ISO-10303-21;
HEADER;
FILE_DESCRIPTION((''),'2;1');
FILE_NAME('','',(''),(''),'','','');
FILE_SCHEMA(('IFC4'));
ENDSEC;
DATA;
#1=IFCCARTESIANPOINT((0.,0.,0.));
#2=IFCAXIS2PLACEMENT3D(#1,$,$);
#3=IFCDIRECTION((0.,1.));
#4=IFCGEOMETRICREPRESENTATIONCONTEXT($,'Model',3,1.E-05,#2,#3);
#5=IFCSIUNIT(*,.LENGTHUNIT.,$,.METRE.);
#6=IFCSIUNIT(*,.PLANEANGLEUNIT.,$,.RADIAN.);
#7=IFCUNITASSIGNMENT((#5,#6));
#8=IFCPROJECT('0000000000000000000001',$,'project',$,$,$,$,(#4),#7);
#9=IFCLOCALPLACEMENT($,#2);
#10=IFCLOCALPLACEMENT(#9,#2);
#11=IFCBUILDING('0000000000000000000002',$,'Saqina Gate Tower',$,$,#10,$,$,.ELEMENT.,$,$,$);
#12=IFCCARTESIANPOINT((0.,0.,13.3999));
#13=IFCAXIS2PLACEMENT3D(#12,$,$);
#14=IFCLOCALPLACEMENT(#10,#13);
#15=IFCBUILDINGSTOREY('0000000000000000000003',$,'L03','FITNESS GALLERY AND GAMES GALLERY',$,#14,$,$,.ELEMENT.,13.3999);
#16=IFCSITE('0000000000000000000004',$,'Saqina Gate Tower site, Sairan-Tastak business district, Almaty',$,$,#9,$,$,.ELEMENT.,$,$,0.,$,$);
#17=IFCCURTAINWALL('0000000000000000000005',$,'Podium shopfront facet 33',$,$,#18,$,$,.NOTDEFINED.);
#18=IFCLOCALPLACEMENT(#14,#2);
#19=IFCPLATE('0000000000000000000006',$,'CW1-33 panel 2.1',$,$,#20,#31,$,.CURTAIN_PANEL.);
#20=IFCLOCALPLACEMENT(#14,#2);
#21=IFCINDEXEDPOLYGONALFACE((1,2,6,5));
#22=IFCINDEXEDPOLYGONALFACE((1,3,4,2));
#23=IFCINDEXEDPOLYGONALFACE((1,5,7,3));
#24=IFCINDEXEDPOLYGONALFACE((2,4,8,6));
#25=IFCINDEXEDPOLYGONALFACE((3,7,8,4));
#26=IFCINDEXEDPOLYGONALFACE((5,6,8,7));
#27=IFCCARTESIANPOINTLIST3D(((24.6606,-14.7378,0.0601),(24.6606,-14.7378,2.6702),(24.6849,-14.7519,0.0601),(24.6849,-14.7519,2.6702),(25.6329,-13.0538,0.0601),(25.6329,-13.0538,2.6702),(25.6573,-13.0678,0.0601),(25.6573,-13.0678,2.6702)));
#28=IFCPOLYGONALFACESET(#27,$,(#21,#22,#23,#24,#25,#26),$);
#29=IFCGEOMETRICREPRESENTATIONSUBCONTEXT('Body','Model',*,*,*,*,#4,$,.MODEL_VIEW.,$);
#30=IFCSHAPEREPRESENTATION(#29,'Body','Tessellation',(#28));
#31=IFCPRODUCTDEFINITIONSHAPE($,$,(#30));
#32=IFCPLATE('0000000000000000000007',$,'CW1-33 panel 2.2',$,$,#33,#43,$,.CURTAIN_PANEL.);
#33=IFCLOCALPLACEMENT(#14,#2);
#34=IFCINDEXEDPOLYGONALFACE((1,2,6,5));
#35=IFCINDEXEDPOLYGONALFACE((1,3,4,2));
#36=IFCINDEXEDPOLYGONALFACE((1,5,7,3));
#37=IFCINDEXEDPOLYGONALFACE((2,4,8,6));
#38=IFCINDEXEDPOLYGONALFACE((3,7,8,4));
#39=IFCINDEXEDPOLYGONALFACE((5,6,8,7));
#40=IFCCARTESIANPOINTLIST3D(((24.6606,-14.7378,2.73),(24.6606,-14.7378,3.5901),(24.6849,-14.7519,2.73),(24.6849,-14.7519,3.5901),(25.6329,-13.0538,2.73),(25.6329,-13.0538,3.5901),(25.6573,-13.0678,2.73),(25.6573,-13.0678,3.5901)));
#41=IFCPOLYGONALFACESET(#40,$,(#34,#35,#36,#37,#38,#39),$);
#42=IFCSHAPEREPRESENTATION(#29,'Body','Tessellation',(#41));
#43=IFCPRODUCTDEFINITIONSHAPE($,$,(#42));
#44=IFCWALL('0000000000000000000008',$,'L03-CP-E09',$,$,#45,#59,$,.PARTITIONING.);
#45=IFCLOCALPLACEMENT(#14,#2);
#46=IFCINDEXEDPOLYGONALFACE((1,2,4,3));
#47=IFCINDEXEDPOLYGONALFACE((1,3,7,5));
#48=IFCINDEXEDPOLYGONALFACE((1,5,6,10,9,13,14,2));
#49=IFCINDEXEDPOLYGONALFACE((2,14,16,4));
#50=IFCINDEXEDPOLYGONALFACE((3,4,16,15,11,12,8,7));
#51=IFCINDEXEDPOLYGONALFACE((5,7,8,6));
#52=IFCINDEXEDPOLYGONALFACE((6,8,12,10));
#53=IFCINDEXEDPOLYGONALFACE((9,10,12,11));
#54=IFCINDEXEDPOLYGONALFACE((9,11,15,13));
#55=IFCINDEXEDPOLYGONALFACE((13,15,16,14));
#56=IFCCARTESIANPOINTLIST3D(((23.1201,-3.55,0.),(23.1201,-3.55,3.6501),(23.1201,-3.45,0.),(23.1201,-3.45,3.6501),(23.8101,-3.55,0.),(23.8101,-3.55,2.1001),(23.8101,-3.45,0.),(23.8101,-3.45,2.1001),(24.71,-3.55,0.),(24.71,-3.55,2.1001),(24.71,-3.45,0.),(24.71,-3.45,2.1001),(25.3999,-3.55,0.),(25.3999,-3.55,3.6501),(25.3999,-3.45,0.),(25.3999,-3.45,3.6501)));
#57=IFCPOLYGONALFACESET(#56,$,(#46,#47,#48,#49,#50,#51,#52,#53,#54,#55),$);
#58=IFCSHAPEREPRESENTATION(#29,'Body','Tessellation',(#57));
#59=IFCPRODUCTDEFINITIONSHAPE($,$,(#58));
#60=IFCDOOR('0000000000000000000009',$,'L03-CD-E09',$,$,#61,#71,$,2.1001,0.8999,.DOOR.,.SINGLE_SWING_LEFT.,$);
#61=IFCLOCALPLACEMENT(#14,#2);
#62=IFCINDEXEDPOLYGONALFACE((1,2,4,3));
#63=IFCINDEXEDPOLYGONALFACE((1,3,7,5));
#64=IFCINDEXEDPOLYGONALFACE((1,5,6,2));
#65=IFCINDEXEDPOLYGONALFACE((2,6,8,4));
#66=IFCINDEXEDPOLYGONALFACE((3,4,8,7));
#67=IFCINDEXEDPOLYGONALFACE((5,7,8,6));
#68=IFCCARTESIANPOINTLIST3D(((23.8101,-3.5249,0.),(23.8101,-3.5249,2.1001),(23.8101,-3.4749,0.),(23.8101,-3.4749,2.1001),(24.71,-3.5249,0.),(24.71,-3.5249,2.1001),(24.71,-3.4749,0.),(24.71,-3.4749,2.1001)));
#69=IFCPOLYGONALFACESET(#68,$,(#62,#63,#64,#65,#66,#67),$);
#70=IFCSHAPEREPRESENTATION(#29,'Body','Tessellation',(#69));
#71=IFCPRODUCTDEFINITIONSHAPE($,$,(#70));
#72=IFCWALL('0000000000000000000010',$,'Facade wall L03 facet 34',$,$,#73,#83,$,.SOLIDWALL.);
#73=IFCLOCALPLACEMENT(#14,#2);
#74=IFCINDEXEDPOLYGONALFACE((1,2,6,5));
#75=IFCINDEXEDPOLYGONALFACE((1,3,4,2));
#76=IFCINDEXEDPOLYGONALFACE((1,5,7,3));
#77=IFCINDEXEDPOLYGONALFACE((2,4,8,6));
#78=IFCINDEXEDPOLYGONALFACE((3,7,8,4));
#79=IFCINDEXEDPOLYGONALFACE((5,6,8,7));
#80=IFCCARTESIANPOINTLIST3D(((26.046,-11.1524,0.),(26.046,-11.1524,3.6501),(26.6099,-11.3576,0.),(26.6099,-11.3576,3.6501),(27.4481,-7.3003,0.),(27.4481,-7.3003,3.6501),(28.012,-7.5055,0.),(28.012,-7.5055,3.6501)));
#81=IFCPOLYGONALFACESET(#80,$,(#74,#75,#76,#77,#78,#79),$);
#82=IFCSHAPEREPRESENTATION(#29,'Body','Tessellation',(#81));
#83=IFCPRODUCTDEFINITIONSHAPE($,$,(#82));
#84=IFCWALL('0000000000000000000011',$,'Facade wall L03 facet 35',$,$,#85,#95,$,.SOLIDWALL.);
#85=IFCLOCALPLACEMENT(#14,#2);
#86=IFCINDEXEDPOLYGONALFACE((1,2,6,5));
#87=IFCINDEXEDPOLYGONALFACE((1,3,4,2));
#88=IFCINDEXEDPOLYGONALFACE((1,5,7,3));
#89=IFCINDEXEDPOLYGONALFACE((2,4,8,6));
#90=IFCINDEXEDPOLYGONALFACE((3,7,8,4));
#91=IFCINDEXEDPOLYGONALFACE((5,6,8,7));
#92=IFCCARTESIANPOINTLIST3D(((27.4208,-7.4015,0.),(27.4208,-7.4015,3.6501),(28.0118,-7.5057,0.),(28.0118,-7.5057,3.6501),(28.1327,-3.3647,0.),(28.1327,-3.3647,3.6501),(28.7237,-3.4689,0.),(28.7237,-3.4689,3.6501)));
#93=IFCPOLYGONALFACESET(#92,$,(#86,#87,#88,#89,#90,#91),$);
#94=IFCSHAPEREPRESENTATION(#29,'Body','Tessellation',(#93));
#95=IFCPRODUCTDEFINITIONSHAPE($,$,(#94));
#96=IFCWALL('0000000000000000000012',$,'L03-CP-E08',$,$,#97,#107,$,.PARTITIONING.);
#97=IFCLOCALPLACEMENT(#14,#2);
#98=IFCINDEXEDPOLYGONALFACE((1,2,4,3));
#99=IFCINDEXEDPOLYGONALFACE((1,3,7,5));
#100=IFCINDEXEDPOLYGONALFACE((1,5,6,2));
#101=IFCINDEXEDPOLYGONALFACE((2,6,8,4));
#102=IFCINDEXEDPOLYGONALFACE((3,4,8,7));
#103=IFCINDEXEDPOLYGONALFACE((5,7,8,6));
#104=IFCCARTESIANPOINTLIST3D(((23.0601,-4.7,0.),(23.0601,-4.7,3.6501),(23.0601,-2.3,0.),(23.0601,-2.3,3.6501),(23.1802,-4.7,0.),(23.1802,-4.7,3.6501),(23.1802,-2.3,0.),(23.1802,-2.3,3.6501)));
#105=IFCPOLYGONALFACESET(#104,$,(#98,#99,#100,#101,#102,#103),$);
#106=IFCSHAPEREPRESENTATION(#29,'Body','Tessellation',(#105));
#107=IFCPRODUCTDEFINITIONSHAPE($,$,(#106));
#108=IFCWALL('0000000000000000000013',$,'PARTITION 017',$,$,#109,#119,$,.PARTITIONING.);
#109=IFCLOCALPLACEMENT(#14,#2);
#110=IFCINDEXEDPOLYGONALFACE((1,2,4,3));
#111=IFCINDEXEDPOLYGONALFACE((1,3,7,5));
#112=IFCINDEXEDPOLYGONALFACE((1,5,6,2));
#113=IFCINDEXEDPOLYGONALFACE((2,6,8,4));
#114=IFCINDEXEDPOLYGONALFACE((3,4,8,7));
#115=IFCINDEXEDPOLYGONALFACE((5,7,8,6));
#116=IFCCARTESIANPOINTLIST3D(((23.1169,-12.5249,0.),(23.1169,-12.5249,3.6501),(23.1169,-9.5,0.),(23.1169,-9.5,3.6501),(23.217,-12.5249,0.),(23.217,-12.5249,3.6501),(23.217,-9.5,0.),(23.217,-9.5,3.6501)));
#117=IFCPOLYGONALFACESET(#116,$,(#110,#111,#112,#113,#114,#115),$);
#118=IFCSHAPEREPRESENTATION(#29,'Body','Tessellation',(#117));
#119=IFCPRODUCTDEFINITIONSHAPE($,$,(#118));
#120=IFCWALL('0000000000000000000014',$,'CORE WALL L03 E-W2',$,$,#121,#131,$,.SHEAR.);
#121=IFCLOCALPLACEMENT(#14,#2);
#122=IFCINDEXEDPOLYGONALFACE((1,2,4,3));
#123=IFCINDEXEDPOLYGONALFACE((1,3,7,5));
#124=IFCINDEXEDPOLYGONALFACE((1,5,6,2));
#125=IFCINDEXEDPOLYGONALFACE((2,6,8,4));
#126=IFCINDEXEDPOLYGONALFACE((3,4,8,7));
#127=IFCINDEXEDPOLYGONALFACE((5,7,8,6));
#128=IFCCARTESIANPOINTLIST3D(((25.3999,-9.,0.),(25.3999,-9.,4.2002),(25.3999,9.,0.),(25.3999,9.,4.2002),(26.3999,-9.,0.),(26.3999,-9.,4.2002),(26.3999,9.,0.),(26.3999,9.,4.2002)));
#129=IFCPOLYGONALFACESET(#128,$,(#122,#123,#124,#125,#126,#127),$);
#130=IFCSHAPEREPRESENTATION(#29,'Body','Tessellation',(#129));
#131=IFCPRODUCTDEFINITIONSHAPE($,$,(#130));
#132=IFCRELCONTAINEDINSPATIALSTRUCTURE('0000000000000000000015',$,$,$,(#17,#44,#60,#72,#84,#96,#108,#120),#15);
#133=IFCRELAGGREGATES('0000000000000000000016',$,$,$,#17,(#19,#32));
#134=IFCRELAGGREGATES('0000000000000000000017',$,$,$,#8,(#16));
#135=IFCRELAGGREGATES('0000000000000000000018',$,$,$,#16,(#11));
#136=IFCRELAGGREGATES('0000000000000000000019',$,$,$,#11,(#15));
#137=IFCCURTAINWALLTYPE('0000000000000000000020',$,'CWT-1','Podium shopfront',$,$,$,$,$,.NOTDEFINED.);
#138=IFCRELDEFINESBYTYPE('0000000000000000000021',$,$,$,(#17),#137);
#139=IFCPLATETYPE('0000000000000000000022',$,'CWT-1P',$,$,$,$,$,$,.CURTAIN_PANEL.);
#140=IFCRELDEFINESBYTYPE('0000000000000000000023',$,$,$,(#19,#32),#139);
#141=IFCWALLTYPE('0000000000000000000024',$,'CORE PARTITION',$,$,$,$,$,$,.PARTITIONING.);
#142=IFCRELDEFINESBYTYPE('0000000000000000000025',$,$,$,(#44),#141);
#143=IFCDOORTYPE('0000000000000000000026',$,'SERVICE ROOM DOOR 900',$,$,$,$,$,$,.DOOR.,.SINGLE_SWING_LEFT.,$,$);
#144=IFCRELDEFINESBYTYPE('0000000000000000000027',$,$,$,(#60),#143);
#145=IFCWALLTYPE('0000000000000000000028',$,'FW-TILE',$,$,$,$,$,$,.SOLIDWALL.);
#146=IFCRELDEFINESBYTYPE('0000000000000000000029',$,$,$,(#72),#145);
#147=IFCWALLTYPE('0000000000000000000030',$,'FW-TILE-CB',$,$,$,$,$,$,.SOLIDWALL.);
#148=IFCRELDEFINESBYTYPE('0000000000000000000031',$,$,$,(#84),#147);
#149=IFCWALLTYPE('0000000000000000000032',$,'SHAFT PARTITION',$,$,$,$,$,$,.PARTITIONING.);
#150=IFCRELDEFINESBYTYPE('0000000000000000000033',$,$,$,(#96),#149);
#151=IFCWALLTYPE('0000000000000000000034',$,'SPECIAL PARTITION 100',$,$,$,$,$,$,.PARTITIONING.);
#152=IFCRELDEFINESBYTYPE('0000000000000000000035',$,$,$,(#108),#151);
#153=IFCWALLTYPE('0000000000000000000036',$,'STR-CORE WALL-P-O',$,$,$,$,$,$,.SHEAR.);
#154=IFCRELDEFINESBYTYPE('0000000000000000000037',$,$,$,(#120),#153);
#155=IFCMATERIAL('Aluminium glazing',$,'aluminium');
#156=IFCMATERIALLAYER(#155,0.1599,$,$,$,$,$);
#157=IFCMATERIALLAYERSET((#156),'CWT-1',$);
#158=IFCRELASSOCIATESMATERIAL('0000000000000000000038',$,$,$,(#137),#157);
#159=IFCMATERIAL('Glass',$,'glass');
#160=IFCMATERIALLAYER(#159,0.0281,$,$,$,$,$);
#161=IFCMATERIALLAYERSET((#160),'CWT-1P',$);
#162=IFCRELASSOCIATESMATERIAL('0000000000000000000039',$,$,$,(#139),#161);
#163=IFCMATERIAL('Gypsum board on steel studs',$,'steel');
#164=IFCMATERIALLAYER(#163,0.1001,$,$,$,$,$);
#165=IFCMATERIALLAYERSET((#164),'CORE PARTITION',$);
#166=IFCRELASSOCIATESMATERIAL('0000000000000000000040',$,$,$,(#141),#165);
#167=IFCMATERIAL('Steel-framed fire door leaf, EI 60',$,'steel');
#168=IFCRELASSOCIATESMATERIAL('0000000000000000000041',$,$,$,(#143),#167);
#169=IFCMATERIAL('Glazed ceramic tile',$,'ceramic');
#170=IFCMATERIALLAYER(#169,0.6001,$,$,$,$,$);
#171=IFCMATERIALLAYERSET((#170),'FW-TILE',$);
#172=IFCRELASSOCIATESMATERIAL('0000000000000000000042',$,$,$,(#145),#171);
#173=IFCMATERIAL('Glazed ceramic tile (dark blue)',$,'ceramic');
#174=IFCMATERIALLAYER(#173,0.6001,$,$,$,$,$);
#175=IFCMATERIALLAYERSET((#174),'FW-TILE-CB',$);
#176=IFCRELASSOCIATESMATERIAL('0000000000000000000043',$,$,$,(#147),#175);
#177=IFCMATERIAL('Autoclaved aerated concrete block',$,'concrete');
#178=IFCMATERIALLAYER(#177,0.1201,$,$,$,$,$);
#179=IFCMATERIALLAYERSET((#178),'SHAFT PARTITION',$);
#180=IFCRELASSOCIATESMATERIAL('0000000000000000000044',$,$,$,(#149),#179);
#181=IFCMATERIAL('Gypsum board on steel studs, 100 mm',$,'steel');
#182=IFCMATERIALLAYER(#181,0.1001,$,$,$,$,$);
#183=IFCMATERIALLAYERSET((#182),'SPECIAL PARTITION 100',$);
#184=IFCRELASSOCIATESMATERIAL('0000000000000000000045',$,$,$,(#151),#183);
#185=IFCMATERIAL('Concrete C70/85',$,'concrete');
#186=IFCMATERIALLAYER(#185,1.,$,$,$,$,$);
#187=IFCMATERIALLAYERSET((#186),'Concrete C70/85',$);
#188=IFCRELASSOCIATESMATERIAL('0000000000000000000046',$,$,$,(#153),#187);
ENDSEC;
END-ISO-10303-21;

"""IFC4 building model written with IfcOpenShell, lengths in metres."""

from ifc_helpers import new_model, si_unit, direction, frame, frame_2d, origin, origin_2d, place, context, subcontext, project, spatial, rectangle, extrude, material, layer, layer_set, type_object, element, fill, aggregate, save


model = new_model("IFC4")

# Units and contexts
model_context = context("Model", 3, precision=1e-05, world=origin(), true_north=direction((0.0, 1.0)))
body_context = subcontext(model_context, "Body", "Model", "MODEL_VIEW")
ifc_project = project(units=[si_unit("LENGTHUNIT", "METRE"), si_unit("PLANEANGLEUNIT", "RADIAN")], contexts=[model_context])

# Site, building, storey
site_placement = place(None, origin())
site = spatial("IfcSite", under=ifc_project, at=site_placement, Name="Saqina Gate Tower site, Sairan-Tastak business district, Almaty", CompositionType="ELEMENT", RefElevation=0.0)
building_placement = place(site_placement, origin())
building = spatial("IfcBuilding", under=site, at=building_placement, Name="Saqina Gate Tower", CompositionType="ELEMENT")
storey_placement = place(building_placement, frame((0.0, 0.0, 13.3999)))
storey = spatial("IfcBuildingStorey", under=building, at=storey_placement, Name="L03", Description="FITNESS GALLERY AND GAMES GALLERY", CompositionType="ELEMENT", Elevation=13.3999)

# Shared definitions
ifc_material_1 = material(Name="Aluminium glazing", Category="aluminium")
ifc_layer_1 = layer(ifc_material_1, 0.1599)
ifc_layer_set_1 = layer_set([ifc_layer_1], Name="CWT-1")
curtain_wall_type = type_object("IfcCurtainWallType", Name="CWT-1", Description="Podium shopfront", PredefinedType="NOTDEFINED", material=ifc_layer_set_1)

# Curtain wall, plates
curtain_wall_1_placement = place(storey_placement, origin())
curtain_wall_1 = element("IfcCurtainWall", 1, at=curtain_wall_1_placement, inside=storey, type_object=curtain_wall_type, Name="Podium shopfront facet 33", PredefinedType="NOTDEFINED")
ifc_material_2 = material(Name="Glass", Category="glass")
ifc_layer_2 = layer(ifc_material_2, 0.0281)
ifc_layer_set_2 = layer_set([ifc_layer_2], Name="CWT-1P")
plate_type = type_object("IfcPlateType", Name="CWT-1P", PredefinedType="CURTAIN_PANEL", material=ifc_layer_set_2)
plate_1_placement = place(storey_placement, frame((25.1589, -13.9028, 0.0601), z_axis=(0.0, 0.0, 1.0), x_axis=(0.500014, 0.866017, 0.0)))
plate_1 = element("IfcPlate", 2, at=plate_1_placement, type_object=plate_type, Name="CW1-33 panel 2.1", PredefinedType="CURTAIN_PANEL", context=body_context, shape_type="SweptSolid", body=[
    extrude(rectangle(XDim=1.9446, YDim=0.0281, at=origin_2d()), origin(), (0.0, 0.0, 1.0), 2.6101),
])
plate_2_placement = place(storey_placement, frame((25.1589, -13.9028, 2.73), z_axis=(0.0, 0.0, 1.0), x_axis=(0.500014, 0.866017, 0.0)))
plate_2 = element("IfcPlate", 3, at=plate_2_placement, type_object=plate_type, Name="CW1-33 panel 2.2", PredefinedType="CURTAIN_PANEL", context=body_context, shape_type="SweptSolid", body=[
    extrude(rectangle(XDim=1.9446, YDim=0.0281, at=origin_2d()), origin(), (0.0, 0.0, 1.0), 0.8601),
])
aggregate(curtain_wall_1, [plate_1, plate_2])

# Wall, opening, door
ifc_material_3 = material(Name="Gypsum board on steel studs", Category="steel")
ifc_layer_3 = layer(ifc_material_3, 0.1001)
ifc_layer_set_3 = layer_set([ifc_layer_3], Name="CORE PARTITION")
wall_type_1 = type_object("IfcWallType", Name="CORE PARTITION", PredefinedType="PARTITIONING", material=ifc_layer_set_3)
wall_1_placement = place(storey_placement, frame((23.1201, -3.5, 0.0), z_axis=(0.0, 0.0, 1.0), x_axis=(1.0, 0.0, 0.0)))
wall_1 = element("IfcWall", 4, at=wall_1_placement, inside=storey, type_object=wall_type_1, Name="L03-CP-E09", PredefinedType="PARTITIONING", context=body_context, shape_type="SweptSolid", body=[
    extrude(rectangle(XDim=2.2798, YDim=0.1001, at=frame_2d((1.1399, 0.0))), origin(), (0.0, 0.0, 1.0), 3.6501),
])
opening_placement = place(wall_1_placement, frame((0.6899, 0.0, 0.0)))
opening = element("IfcOpeningElement", 5, at=opening_placement, cuts=wall_1, PredefinedType="OPENING", context=body_context, shape_type="SweptSolid", body=[
    extrude(rectangle(XDim=0.8999, YDim=2.1001, at=frame_2d((0.45, 1.05))), frame((0.0, 0.062, 0.0), z_axis=(0.0, -1.0, 0.0), x_axis=(1.0, 0.0, 0.0)), (0.0, 0.0, 1.0), 0.124),
])
ifc_material_4 = material(Name="Steel-framed fire door leaf, EI 60", Category="steel")
door_type = type_object("IfcDoorType", Name="SERVICE ROOM DOOR 900", OperationType="SINGLE_SWING_LEFT", PredefinedType="DOOR", material=ifc_material_4)
door_placement = place(opening_placement, frame((0.8999, 0.0, 0.0), z_axis=(0.0, 0.0, 1.0), x_axis=(-1.0, 0.0, 0.0)))
door = element("IfcDoor", 6, at=door_placement, inside=storey, type_object=door_type, Name="L03-CD-E09", OperationType="SINGLE_SWING_LEFT", OverallHeight=2.1001, OverallWidth=0.8999, PredefinedType="DOOR", context=body_context, shape_type="SweptSolid", body=[
    extrude(rectangle(XDim=0.8999, YDim=2.1001, at=frame_2d((0.45, 1.05))), frame((0.0, 0.0249, 0.0), z_axis=(0.0, -1.0, 0.0), x_axis=(1.0, 0.0, 0.0)), (0.0, 0.0, 1.0), 0.05),
])
fill(opening, door)

# Walls
ifc_material_5 = material(Name="Glazed ceramic tile", Category="ceramic")
ifc_layer_4 = layer(ifc_material_5, 0.6001)
ifc_layer_set_4 = layer_set([ifc_layer_4], Name="FW-TILE")
wall_type_2 = type_object("IfcWallType", Name="FW-TILE", PredefinedType="SOLIDWALL", material=ifc_layer_set_4)
wall_2_placement = place(storey_placement, frame((26.3279, -11.2551, 0.0), z_axis=(0.0, 0.0, 1.0), x_axis=(0.342035, 0.939687, 0.0)))
element("IfcWall", 7, at=wall_2_placement, inside=storey, type_object=wall_type_2, Name="Facade wall L03 facet 34", PredefinedType="SOLIDWALL", context=body_context, shape_type="SweptSolid", body=[
    extrude(rectangle(XDim=4.0994, YDim=0.6001, at=frame_2d((2.0498, 0.0))), origin(), (0.0, 0.0, 1.0), 3.6501),
])
ifc_material_6 = material(Name="Glazed ceramic tile (dark blue)", Category="ceramic")
ifc_layer_5 = layer(ifc_material_6, 0.6001)
ifc_layer_set_5 = layer_set([ifc_layer_5], Name="FW-TILE-CB")
wall_type_3 = type_object("IfcWallType", Name="FW-TILE-CB", PredefinedType="SOLIDWALL", material=ifc_layer_set_5)
wall_3_placement = place(storey_placement, frame((27.7163, -7.4536, 0.0), z_axis=(0.0, 0.0, 1.0), x_axis=(0.173673, 0.984803, 0.0)))
element("IfcWall", 8, at=wall_3_placement, inside=storey, type_object=wall_type_3, Name="Facade wall L03 facet 35", PredefinedType="SOLIDWALL", context=body_context, shape_type="SweptSolid", body=[
    extrude(rectangle(XDim=4.0991, YDim=0.6001, at=frame_2d((2.0496, 0.0))), origin(), (0.0, 0.0, 1.0), 3.6501),
])
ifc_material_7 = material(Name="Autoclaved aerated concrete block", Category="concrete")
ifc_layer_6 = layer(ifc_material_7, 0.1201)
ifc_layer_set_6 = layer_set([ifc_layer_6], Name="SHAFT PARTITION")
wall_type_4 = type_object("IfcWallType", Name="SHAFT PARTITION", PredefinedType="PARTITIONING", material=ifc_layer_set_6)
wall_4_placement = place(storey_placement, frame((23.1201, -4.7, 0.0), z_axis=(0.0, 0.0, 1.0), x_axis=(0.0, 1.0, 0.0)))
element("IfcWall", 9, at=wall_4_placement, inside=storey, type_object=wall_type_4, Name="L03-CP-E08", PredefinedType="PARTITIONING", context=body_context, shape_type="SweptSolid", body=[
    extrude(rectangle(XDim=2.3999, YDim=0.1201, at=frame_2d((1.2, 0.0))), origin(), (0.0, 0.0, 1.0), 3.6501),
])
ifc_material_8 = material(Name="Gypsum board on steel studs, 100 mm", Category="steel")
ifc_layer_7 = layer(ifc_material_8, 0.1001)
ifc_layer_set_7 = layer_set([ifc_layer_7], Name="SPECIAL PARTITION 100")
wall_type_5 = type_object("IfcWallType", Name="SPECIAL PARTITION 100", PredefinedType="PARTITIONING", material=ifc_layer_set_7)
wall_5_placement = place(storey_placement, frame((23.167, -12.5249, 0.0), z_axis=(0.0, 0.0, 1.0), x_axis=(0.0, 1.0, 0.0)))
element("IfcWall", 10, at=wall_5_placement, inside=storey, type_object=wall_type_5, Name="PARTITION 017", PredefinedType="PARTITIONING", context=body_context, shape_type="SweptSolid", body=[
    extrude(rectangle(XDim=3.0249, YDim=0.1001, at=frame_2d((1.5125, 0.0))), origin(), (0.0, 0.0, 1.0), 3.6501),
])
ifc_material_9 = material(Name="Concrete C70/85", Category="concrete")
ifc_layer_8 = layer(ifc_material_9, 1.0)
ifc_layer_set_8 = layer_set([ifc_layer_8], Name="Concrete C70/85")
wall_type_6 = type_object("IfcWallType", Name="STR-CORE WALL-P-O", PredefinedType="SHEAR", material=ifc_layer_set_8)
wall_6_placement = place(storey_placement, frame((25.8999, -9.0, 0.0), z_axis=(0.0, 0.0, 1.0), x_axis=(0.0, 1.0, 0.0)))
element("IfcWall", 11, at=wall_6_placement, inside=storey, type_object=wall_type_6, Name="CORE WALL L03 E-W2", PredefinedType="SHEAR", context=body_context, shape_type="SweptSolid", body=[
    extrude(rectangle(XDim=18.0, YDim=1.0, at=frame_2d((9.0, 0.0))), origin(), (0.0, 0.0, 1.0), 4.2002),
])

save(model, "model.ifc")
